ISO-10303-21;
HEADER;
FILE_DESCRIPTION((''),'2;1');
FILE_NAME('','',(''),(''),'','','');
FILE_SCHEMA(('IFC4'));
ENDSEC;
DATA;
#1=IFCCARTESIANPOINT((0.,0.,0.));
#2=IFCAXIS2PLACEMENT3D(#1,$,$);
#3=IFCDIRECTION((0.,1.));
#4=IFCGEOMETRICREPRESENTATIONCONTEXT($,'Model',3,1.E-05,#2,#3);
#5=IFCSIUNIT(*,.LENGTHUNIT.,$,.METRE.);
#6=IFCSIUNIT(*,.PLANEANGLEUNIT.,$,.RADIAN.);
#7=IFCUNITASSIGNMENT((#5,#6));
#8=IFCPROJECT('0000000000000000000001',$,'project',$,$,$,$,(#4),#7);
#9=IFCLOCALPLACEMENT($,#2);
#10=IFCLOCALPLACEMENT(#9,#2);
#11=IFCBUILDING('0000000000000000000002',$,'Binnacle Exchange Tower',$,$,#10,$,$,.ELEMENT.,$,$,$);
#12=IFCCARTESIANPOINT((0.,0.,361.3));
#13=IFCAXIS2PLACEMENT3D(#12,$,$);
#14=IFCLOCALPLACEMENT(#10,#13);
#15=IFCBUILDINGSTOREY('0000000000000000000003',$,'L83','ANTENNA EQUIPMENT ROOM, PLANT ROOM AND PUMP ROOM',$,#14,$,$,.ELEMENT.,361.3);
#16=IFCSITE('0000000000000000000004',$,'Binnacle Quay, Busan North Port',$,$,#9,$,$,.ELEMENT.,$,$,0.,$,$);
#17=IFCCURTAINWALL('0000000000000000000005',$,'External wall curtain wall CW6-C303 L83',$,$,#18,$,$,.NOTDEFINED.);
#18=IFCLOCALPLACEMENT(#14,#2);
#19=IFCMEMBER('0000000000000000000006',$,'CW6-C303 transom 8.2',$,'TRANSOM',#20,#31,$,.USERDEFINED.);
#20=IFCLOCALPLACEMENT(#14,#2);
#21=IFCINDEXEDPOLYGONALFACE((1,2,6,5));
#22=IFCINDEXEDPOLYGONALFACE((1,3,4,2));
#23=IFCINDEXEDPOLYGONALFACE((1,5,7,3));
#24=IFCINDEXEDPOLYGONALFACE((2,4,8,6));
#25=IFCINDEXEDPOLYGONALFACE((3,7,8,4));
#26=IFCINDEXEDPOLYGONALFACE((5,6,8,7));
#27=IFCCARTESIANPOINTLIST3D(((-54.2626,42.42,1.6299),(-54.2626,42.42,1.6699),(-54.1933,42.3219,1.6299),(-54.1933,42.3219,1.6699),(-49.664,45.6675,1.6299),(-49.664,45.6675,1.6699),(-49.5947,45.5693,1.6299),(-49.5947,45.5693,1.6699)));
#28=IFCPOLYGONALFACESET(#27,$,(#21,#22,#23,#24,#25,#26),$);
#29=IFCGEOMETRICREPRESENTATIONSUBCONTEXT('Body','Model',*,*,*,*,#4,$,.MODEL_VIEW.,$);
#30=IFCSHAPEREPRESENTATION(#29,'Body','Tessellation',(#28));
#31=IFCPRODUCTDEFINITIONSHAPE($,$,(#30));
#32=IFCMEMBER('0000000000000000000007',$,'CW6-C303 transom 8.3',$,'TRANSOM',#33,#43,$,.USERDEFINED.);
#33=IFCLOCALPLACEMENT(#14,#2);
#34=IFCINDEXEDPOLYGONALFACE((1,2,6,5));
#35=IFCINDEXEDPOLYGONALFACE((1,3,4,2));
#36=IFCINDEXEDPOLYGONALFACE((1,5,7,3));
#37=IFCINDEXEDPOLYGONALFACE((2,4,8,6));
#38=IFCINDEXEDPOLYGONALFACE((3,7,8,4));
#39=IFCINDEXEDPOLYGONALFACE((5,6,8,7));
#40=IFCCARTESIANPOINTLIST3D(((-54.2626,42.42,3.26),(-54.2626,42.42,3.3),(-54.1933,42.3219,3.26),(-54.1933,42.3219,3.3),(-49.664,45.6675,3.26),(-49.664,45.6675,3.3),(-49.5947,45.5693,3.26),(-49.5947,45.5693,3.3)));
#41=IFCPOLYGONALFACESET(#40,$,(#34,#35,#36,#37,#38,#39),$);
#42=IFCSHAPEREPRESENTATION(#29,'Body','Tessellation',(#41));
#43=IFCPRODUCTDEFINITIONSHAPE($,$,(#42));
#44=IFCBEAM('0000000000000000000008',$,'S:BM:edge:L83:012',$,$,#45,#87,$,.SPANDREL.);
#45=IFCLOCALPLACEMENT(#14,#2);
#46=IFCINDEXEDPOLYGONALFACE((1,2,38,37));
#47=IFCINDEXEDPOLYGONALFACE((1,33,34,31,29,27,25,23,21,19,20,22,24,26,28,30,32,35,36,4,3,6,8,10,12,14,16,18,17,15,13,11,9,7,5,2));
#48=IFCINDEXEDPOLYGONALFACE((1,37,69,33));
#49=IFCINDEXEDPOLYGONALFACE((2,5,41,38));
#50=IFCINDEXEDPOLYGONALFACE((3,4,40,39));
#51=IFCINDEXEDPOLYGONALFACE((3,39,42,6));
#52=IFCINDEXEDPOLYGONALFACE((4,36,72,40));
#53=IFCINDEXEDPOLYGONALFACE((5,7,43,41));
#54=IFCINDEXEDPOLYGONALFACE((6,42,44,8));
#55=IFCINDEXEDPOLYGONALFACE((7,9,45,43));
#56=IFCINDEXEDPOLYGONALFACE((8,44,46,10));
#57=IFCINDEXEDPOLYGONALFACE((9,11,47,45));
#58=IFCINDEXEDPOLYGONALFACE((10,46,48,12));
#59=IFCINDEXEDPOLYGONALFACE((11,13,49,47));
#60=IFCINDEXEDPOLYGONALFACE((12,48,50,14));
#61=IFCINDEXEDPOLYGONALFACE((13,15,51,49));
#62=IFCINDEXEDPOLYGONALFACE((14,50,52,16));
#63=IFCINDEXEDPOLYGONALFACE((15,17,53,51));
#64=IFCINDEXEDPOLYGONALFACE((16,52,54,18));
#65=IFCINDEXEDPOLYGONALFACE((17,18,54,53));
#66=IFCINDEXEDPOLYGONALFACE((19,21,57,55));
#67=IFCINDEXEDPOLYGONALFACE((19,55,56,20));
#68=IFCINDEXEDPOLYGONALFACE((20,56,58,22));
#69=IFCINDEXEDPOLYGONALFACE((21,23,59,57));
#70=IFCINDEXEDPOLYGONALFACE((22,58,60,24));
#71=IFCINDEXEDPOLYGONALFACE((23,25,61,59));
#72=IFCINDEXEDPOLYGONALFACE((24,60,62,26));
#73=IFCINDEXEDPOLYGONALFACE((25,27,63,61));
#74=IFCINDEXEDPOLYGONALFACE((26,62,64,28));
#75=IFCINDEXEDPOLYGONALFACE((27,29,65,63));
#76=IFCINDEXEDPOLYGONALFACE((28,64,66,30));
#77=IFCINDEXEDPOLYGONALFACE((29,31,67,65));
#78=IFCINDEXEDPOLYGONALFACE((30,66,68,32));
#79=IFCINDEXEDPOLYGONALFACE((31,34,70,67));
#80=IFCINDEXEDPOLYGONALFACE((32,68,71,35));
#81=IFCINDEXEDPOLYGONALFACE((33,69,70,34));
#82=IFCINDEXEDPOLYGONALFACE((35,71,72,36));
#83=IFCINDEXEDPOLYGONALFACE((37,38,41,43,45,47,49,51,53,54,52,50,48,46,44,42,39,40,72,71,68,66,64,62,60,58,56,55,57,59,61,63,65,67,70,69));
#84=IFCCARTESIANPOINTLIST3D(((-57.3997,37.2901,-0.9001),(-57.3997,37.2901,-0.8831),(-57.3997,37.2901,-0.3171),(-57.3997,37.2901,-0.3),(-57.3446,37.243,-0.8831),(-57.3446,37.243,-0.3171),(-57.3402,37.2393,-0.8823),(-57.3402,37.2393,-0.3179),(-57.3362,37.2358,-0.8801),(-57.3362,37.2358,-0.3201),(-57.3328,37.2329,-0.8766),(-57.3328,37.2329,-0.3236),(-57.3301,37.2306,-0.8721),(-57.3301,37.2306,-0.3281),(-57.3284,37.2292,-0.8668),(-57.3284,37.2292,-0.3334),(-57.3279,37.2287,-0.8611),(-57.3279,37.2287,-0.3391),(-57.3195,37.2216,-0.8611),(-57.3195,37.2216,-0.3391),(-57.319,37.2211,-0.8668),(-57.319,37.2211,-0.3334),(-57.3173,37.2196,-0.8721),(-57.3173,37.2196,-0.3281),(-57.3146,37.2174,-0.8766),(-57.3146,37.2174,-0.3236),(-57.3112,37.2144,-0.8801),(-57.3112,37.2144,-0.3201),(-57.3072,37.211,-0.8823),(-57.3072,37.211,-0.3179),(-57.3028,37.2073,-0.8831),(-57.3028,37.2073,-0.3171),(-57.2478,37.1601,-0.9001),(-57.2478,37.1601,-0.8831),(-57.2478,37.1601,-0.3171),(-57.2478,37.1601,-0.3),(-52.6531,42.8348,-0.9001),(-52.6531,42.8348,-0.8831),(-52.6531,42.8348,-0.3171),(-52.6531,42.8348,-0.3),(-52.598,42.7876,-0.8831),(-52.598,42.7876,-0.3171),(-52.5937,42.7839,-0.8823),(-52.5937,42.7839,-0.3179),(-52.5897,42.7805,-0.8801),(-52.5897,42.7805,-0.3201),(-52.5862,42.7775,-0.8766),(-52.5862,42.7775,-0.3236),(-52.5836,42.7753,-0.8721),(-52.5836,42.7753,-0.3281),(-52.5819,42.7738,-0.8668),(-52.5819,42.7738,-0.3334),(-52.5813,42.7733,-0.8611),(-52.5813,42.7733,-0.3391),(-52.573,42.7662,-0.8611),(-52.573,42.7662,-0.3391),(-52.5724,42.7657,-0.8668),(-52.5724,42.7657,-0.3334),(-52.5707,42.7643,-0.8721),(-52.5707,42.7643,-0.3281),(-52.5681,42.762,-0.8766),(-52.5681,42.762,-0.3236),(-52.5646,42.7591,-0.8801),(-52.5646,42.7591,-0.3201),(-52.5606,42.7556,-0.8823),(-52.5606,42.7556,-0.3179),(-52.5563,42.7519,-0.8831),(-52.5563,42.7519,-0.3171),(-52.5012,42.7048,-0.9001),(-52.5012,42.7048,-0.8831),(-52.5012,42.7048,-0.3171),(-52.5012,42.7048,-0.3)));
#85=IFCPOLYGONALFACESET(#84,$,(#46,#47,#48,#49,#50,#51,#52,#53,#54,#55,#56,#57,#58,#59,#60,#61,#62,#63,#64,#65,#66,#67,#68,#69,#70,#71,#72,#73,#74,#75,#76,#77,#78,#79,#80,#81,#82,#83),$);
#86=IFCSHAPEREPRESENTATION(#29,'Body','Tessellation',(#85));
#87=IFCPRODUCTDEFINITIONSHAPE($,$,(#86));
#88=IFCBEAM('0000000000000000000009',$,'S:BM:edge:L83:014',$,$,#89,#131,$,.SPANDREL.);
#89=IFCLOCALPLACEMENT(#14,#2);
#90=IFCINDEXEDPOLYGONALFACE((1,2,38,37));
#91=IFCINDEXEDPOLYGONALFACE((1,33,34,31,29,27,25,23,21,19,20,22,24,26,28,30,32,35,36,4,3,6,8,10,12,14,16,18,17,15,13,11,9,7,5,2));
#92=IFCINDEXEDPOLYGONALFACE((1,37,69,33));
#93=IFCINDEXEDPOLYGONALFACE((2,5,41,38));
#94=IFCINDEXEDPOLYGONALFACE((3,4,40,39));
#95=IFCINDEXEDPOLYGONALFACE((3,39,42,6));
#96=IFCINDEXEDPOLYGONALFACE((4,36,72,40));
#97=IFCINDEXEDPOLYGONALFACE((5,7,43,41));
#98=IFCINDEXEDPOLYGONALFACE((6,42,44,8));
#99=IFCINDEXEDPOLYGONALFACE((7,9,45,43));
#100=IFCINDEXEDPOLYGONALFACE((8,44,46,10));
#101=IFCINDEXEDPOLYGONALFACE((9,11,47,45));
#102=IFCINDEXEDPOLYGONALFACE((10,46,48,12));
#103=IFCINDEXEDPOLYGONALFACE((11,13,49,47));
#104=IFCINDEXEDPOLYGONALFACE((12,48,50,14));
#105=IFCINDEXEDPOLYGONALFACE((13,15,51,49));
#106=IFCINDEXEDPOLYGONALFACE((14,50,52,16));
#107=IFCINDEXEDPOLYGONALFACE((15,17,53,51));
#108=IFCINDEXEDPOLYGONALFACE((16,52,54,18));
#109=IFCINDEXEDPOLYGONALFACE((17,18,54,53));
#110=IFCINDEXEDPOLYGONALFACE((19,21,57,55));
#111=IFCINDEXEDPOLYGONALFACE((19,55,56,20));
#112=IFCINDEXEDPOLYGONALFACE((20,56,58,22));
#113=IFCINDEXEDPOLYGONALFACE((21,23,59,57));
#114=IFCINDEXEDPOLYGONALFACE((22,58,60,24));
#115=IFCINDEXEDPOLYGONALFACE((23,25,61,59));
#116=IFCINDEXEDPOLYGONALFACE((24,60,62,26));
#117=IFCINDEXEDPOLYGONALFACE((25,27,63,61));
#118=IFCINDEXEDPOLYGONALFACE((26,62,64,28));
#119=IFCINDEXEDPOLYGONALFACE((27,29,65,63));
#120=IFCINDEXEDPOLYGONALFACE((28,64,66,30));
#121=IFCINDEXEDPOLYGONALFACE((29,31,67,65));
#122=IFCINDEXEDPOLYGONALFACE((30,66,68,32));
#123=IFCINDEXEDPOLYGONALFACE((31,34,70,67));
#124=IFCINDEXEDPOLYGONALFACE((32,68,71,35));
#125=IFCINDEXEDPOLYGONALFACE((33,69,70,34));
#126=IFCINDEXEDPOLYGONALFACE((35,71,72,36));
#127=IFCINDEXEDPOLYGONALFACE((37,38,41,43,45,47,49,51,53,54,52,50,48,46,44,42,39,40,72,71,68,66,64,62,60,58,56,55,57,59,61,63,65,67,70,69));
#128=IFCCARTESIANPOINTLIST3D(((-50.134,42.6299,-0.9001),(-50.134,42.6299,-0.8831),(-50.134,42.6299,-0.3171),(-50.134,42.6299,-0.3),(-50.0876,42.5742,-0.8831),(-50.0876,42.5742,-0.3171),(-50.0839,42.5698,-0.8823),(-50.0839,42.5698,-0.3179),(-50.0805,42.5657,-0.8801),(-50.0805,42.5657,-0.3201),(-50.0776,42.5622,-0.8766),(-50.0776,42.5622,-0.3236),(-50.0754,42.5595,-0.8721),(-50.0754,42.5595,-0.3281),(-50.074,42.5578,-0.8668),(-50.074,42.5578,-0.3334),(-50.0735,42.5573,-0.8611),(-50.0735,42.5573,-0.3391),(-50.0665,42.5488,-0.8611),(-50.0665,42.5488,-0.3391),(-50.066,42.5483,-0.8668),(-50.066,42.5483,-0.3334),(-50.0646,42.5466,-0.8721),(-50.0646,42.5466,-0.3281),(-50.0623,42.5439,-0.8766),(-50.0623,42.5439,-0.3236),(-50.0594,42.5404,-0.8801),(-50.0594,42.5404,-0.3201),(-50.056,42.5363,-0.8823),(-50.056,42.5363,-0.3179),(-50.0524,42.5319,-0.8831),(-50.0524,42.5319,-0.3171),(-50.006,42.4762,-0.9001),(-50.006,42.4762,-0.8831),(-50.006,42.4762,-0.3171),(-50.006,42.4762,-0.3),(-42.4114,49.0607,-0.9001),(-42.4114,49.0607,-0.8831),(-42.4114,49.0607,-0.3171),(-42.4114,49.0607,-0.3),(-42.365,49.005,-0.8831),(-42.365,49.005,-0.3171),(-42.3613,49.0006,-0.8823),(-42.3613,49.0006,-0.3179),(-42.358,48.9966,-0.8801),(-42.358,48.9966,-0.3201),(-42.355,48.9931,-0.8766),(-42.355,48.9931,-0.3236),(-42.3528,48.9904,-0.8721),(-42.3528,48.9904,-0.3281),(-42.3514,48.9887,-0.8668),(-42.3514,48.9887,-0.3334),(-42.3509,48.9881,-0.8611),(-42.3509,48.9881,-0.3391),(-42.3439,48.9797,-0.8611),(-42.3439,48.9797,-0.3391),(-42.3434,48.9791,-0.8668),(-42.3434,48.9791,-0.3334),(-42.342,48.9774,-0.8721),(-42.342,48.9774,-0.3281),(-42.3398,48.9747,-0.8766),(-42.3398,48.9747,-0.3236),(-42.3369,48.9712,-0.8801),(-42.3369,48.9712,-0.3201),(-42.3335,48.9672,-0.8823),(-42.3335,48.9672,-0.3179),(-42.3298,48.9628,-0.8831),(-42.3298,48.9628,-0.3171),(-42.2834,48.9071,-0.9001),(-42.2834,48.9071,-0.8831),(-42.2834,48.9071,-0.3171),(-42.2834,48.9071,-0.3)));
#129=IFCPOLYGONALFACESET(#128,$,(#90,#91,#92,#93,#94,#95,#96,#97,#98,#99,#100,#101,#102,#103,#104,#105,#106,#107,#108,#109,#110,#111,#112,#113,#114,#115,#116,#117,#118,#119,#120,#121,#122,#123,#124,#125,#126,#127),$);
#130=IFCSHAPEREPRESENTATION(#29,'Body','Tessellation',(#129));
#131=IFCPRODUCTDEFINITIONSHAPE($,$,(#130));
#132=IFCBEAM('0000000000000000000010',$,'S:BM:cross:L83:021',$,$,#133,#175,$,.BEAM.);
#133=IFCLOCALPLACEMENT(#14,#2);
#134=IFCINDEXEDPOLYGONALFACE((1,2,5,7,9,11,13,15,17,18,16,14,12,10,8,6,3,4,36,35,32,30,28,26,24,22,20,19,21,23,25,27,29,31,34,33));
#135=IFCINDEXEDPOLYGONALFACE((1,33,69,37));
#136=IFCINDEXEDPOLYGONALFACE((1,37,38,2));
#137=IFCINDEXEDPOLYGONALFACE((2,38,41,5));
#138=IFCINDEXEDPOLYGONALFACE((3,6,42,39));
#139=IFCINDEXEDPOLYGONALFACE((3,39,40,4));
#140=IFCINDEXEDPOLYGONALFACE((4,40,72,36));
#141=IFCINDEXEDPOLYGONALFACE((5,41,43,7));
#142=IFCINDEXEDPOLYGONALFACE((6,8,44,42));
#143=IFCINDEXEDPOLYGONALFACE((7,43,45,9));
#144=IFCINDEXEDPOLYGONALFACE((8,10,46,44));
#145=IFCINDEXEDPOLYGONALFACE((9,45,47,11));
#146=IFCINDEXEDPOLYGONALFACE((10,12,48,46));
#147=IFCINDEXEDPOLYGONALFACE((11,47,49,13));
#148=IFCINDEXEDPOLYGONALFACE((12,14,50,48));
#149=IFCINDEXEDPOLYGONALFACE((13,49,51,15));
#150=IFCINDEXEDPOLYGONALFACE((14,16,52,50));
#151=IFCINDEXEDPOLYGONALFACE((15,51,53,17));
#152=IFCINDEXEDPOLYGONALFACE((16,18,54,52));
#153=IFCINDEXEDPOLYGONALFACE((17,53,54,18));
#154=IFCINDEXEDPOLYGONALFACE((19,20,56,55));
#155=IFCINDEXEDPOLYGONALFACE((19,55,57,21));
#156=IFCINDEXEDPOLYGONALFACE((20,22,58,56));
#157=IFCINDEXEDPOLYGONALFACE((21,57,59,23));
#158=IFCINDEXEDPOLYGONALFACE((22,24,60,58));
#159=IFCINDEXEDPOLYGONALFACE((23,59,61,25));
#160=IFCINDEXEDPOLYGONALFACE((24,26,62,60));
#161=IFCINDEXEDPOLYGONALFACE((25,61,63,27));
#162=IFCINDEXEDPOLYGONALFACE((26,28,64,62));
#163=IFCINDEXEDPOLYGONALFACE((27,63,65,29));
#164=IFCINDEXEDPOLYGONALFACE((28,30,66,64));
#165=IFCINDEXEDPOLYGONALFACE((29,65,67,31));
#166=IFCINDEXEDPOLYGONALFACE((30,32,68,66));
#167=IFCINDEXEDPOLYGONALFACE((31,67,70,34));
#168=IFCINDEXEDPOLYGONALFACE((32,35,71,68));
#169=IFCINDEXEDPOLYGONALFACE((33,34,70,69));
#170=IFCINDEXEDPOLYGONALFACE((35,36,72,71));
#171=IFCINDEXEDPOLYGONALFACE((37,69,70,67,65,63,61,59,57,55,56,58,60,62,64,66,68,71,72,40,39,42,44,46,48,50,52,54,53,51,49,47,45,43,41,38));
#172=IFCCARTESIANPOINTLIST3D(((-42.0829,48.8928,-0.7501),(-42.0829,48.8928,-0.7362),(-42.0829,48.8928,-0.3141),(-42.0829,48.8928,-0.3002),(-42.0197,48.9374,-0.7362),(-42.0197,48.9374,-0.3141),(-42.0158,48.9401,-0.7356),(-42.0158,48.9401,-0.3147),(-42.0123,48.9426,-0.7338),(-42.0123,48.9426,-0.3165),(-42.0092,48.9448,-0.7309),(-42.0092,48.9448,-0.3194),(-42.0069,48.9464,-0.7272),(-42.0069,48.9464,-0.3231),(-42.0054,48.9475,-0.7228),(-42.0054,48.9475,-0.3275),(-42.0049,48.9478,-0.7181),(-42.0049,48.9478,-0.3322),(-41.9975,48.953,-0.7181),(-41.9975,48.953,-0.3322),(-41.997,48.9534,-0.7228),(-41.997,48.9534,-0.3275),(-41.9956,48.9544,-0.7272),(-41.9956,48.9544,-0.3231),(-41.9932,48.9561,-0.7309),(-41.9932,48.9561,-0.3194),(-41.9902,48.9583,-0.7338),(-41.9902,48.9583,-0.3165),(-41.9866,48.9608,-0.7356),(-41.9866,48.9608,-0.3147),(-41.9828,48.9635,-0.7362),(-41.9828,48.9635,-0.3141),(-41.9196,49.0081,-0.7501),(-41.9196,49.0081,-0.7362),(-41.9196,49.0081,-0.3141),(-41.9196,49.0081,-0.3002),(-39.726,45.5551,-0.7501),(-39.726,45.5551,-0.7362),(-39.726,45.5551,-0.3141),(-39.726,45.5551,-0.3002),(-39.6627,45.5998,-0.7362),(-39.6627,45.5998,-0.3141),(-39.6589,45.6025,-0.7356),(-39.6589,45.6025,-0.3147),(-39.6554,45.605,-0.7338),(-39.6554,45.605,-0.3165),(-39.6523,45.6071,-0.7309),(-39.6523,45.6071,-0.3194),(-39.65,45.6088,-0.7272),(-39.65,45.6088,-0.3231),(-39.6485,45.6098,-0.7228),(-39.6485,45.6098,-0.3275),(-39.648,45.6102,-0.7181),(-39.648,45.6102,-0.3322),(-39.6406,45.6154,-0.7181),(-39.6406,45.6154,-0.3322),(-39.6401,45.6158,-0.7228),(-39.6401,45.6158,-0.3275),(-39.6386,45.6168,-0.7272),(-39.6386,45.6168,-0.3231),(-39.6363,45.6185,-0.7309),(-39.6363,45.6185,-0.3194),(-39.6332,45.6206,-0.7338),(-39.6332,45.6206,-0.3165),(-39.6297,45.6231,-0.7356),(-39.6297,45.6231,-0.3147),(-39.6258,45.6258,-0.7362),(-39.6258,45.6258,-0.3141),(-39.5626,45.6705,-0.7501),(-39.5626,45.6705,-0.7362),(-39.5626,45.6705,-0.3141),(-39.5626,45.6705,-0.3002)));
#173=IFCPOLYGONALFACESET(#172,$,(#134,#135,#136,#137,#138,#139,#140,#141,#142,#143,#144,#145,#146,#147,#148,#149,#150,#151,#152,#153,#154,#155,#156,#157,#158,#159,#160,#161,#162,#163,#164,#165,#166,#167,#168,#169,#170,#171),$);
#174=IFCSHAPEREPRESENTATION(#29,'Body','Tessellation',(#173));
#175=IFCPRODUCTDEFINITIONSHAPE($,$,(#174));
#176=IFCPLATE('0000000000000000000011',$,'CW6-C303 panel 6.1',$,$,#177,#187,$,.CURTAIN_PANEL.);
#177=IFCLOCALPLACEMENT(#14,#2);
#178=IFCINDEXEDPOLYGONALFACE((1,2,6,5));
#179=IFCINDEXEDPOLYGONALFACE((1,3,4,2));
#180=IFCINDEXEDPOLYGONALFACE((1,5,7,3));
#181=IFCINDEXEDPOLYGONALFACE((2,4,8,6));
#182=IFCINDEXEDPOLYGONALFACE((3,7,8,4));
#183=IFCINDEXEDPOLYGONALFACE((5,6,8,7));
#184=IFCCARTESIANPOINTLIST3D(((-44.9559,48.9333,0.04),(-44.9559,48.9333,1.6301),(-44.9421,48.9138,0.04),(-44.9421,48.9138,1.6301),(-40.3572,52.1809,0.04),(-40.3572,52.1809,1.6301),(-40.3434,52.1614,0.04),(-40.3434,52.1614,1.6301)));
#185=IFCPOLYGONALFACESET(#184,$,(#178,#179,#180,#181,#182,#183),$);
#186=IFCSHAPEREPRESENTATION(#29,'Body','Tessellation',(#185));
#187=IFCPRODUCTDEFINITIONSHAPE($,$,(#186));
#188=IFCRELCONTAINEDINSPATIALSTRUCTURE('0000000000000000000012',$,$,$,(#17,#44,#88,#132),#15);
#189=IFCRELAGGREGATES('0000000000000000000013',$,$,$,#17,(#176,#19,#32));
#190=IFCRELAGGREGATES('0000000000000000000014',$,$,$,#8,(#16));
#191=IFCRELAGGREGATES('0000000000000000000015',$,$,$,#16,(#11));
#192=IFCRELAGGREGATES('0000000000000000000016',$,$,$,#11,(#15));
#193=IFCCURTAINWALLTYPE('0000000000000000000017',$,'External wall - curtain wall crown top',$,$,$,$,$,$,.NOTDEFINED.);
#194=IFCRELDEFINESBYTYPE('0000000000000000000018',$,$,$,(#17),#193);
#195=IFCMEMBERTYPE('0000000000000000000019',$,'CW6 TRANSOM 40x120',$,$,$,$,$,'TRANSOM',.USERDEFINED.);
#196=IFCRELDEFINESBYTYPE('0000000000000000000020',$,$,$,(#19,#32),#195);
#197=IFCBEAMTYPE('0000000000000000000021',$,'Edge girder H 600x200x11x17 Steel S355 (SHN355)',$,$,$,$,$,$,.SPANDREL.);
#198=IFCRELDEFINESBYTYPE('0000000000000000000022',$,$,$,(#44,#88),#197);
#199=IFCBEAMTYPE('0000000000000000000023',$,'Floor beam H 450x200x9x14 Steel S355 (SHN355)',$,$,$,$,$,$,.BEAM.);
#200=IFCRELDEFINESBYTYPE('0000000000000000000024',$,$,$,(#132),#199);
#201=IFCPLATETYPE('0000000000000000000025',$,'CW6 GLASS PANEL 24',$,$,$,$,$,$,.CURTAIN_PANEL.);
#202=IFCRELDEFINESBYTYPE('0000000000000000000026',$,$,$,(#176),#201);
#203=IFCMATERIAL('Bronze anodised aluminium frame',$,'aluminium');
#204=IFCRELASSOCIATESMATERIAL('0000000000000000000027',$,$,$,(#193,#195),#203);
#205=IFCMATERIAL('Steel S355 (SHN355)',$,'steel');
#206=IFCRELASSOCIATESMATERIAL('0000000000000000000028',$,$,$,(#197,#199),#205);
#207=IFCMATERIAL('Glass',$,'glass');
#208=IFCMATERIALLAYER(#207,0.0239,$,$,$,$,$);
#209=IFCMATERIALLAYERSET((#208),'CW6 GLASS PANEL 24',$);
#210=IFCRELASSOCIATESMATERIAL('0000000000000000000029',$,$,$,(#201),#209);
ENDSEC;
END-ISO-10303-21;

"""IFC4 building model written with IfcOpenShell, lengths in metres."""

from ifc_helpers import new_model, si_unit, direction, frame, origin, origin_2d, place, context, subcontext, project, spatial, rectangle, i_section, extrude, material, layer, layer_set, material_profile, profile_set, type_object, element, aggregate, save


model = new_model("IFC4")

# Units and contexts
model_context = context("Model", 3, precision=1e-05, world=origin(), true_north=direction((0.0, 1.0)))
body_context = subcontext(model_context, "Body", "Model", "MODEL_VIEW")
ifc_project = project(units=[si_unit("LENGTHUNIT", "METRE"), si_unit("PLANEANGLEUNIT", "RADIAN")], contexts=[model_context])

# Site, building, storey
site_placement = place(None, origin())
site = spatial("IfcSite", under=ifc_project, at=site_placement, Name="Binnacle Quay, Busan North Port", CompositionType="ELEMENT", RefElevation=0.0)
building_placement = place(site_placement, origin())
building = spatial("IfcBuilding", under=site, at=building_placement, Name="Binnacle Exchange Tower", CompositionType="ELEMENT")
storey_placement = place(building_placement, frame((0.0, 0.0, 361.3)))
storey = spatial("IfcBuildingStorey", under=building, at=storey_placement, Name="L83", Description="ANTENNA EQUIPMENT ROOM, PLANT ROOM AND PUMP ROOM", CompositionType="ELEMENT", Elevation=361.3)

# Shared definitions
ifc_material_1 = material(Name="Steel S355 (SHN355)", Category="steel")

# Curtain wall, members
ifc_material_2 = material(Name="Bronze anodised aluminium frame", Category="aluminium")
curtain_wall_type = type_object("IfcCurtainWallType", Name="External wall - curtain wall crown top", PredefinedType="NOTDEFINED", material=ifc_material_2)
curtain_wall_placement = place(storey_placement, origin())
curtain_wall = element("IfcCurtainWall", 1, at=curtain_wall_placement, inside=storey, type_object=curtain_wall_type, Name="External wall curtain wall CW6-C303 L83", PredefinedType="NOTDEFINED")
ifc_material_profile_1 = material_profile(ifc_material_2, rectangle(XDim=0.1201, YDim=0.04, at=origin_2d()), Name="AL 120x40")
ifc_profile_set_1 = profile_set([ifc_material_profile_1], Name="Bronze anodised aluminium frame")
member_type_1 = type_object("IfcMemberType", Name="CW6 TRANSOM 40x120", ElementType="TRANSOM", PredefinedType="USERDEFINED", material=ifc_profile_set_1)
member_1_placement = place(storey_placement, frame((-49.6294, 45.6184, 1.6499), z_axis=(-0.816845, -0.576857, 0.0), x_axis=(0.576857, -0.816845, 0.0)))
member_1 = element("IfcMember", 2, at=member_1_placement, type_object=member_type_1, Name="CW6-C303 transom 8.2", ObjectType="TRANSOM", PredefinedType="USERDEFINED", context=body_context, shape_type="SweptSolid", body=[
    extrude(rectangle(XDim=0.1201, YDim=0.04, at=origin_2d()), origin(), (0.0, 0.0, 1.0), 5.6296),
])
member_2_placement = place(storey_placement, frame((-49.6294, 45.6184, 3.28), z_axis=(-0.816845, -0.576857, 0.0), x_axis=(0.576857, -0.816845, 0.0)))
member_2 = element("IfcMember", 3, at=member_2_placement, type_object=member_type_1, Name="CW6-C303 transom 8.3", ObjectType="TRANSOM", PredefinedType="USERDEFINED", context=body_context, shape_type="SweptSolid", body=[
    extrude(rectangle(XDim=0.1201, YDim=0.04, at=origin_2d()), origin(), (0.0, 0.0, 1.0), 5.6296),
])

# Beams
ifc_material_profile_2 = material_profile(ifc_material_1, i_section(OverallWidth=0.2, OverallDepth=0.6001, WebThickness=0.011, FlangeThickness=0.0171, FilletRadius=0.022, at=origin_2d()), Name="H 600x200x11x17")
ifc_profile_set_2 = profile_set([ifc_material_profile_2], Name="Steel S355 (SHN355)")
beam_type_1 = type_object("IfcBeamType", Name="Edge girder H 600x200x11x17 Steel S355 (SHN355)", PredefinedType="SPANDREL", material=ifc_profile_set_2)
beam_1_placement = place(storey_placement, frame((-52.5771, 42.7698, -0.6001), z_axis=(-0.650317, -0.759663, 0.0), x_axis=(0.759663, -0.650317, 0.0)))
element("IfcBeam", 4, at=beam_1_placement, inside=storey, type_object=beam_type_1, Name="S:BM:edge:L83:012", PredefinedType="SPANDREL", context=body_context, shape_type="SweptSolid", body=[
    extrude(i_section(OverallWidth=0.2, OverallDepth=0.6001, WebThickness=0.011, FlangeThickness=0.0171, FilletRadius=0.022, at=origin_2d()), origin(), (0.0, 0.0, 1.0), 7.2988),
])
beam_2_placement = place(storey_placement, frame((-42.3474, 48.9839, -0.6001), z_axis=(-0.768448, -0.639912, 0.0), x_axis=(0.639912, -0.768448, 0.0)))
element("IfcBeam", 5, at=beam_2_placement, inside=storey, type_object=beam_type_1, Name="S:BM:edge:L83:014", PredefinedType="SPANDREL", context=body_context, shape_type="SweptSolid", body=[
    extrude(i_section(OverallWidth=0.2, OverallDepth=0.6001, WebThickness=0.011, FlangeThickness=0.0171, FilletRadius=0.022, at=origin_2d()), origin(), (0.0, 0.0, 1.0), 10.0496),
])
ifc_material_profile_3 = material_profile(ifc_material_1, i_section(OverallWidth=0.2, OverallDepth=0.45, WebThickness=0.009, FlangeThickness=0.0139, FilletRadius=0.0181, at=origin_2d()), Name="H 450x200x9x14")
ifc_profile_set_3 = profile_set([ifc_material_profile_3], Name="Steel S355 (SHN355)")
beam_type_2 = type_object("IfcBeamType", Name="Floor beam H 450x200x9x14 Steel S355 (SHN355)", PredefinedType="BEAM", material=ifc_profile_set_3)
beam_3_placement = place(storey_placement, frame((-42.0012, 48.9504, -0.5251), z_axis=(0.576838, -0.816859, 0.0), x_axis=(0.816859, 0.576838, 0.0)))
element("IfcBeam", 6, at=beam_3_placement, inside=storey, type_object=beam_type_2, Name="S:BM:cross:L83:021", PredefinedType="BEAM", context=body_context, shape_type="SweptSolid", body=[
    extrude(i_section(OverallWidth=0.2, OverallDepth=0.45, WebThickness=0.009, FlangeThickness=0.0139, FilletRadius=0.0181, at=origin_2d()), origin(), (0.0, 0.0, 1.0), 4.0859),
])

# Plate
ifc_material_3 = material(Name="Glass", Category="glass")
ifc_layer = layer(ifc_material_3, 0.0239)
ifc_layer_set = layer_set([ifc_layer], Name="CW6 GLASS PANEL 24")
plate_type = type_object("IfcPlateType", Name="CW6 GLASS PANEL 24", PredefinedType="CURTAIN_PANEL", material=ifc_layer_set)
plate_1_placement = place(storey_placement, frame((-42.6497, 50.5474, 0.04), z_axis=(0.0, 0.0, 1.0), x_axis=(-0.816847, -0.576854, 0.0)))
plate_1 = element("IfcPlate", 7, at=plate_1_placement, type_object=plate_type, Name="CW6-C303 panel 6.1", PredefinedType="CURTAIN_PANEL", context=body_context, shape_type="SweptSolid", body=[
    extrude(rectangle(XDim=5.6299, YDim=0.0239, at=origin_2d()), origin(), (0.0, 0.0, 1.0), 1.5901),
])
aggregate(curtain_wall, [plate_1, member_1, member_2])

save(model, "model.ifc")
